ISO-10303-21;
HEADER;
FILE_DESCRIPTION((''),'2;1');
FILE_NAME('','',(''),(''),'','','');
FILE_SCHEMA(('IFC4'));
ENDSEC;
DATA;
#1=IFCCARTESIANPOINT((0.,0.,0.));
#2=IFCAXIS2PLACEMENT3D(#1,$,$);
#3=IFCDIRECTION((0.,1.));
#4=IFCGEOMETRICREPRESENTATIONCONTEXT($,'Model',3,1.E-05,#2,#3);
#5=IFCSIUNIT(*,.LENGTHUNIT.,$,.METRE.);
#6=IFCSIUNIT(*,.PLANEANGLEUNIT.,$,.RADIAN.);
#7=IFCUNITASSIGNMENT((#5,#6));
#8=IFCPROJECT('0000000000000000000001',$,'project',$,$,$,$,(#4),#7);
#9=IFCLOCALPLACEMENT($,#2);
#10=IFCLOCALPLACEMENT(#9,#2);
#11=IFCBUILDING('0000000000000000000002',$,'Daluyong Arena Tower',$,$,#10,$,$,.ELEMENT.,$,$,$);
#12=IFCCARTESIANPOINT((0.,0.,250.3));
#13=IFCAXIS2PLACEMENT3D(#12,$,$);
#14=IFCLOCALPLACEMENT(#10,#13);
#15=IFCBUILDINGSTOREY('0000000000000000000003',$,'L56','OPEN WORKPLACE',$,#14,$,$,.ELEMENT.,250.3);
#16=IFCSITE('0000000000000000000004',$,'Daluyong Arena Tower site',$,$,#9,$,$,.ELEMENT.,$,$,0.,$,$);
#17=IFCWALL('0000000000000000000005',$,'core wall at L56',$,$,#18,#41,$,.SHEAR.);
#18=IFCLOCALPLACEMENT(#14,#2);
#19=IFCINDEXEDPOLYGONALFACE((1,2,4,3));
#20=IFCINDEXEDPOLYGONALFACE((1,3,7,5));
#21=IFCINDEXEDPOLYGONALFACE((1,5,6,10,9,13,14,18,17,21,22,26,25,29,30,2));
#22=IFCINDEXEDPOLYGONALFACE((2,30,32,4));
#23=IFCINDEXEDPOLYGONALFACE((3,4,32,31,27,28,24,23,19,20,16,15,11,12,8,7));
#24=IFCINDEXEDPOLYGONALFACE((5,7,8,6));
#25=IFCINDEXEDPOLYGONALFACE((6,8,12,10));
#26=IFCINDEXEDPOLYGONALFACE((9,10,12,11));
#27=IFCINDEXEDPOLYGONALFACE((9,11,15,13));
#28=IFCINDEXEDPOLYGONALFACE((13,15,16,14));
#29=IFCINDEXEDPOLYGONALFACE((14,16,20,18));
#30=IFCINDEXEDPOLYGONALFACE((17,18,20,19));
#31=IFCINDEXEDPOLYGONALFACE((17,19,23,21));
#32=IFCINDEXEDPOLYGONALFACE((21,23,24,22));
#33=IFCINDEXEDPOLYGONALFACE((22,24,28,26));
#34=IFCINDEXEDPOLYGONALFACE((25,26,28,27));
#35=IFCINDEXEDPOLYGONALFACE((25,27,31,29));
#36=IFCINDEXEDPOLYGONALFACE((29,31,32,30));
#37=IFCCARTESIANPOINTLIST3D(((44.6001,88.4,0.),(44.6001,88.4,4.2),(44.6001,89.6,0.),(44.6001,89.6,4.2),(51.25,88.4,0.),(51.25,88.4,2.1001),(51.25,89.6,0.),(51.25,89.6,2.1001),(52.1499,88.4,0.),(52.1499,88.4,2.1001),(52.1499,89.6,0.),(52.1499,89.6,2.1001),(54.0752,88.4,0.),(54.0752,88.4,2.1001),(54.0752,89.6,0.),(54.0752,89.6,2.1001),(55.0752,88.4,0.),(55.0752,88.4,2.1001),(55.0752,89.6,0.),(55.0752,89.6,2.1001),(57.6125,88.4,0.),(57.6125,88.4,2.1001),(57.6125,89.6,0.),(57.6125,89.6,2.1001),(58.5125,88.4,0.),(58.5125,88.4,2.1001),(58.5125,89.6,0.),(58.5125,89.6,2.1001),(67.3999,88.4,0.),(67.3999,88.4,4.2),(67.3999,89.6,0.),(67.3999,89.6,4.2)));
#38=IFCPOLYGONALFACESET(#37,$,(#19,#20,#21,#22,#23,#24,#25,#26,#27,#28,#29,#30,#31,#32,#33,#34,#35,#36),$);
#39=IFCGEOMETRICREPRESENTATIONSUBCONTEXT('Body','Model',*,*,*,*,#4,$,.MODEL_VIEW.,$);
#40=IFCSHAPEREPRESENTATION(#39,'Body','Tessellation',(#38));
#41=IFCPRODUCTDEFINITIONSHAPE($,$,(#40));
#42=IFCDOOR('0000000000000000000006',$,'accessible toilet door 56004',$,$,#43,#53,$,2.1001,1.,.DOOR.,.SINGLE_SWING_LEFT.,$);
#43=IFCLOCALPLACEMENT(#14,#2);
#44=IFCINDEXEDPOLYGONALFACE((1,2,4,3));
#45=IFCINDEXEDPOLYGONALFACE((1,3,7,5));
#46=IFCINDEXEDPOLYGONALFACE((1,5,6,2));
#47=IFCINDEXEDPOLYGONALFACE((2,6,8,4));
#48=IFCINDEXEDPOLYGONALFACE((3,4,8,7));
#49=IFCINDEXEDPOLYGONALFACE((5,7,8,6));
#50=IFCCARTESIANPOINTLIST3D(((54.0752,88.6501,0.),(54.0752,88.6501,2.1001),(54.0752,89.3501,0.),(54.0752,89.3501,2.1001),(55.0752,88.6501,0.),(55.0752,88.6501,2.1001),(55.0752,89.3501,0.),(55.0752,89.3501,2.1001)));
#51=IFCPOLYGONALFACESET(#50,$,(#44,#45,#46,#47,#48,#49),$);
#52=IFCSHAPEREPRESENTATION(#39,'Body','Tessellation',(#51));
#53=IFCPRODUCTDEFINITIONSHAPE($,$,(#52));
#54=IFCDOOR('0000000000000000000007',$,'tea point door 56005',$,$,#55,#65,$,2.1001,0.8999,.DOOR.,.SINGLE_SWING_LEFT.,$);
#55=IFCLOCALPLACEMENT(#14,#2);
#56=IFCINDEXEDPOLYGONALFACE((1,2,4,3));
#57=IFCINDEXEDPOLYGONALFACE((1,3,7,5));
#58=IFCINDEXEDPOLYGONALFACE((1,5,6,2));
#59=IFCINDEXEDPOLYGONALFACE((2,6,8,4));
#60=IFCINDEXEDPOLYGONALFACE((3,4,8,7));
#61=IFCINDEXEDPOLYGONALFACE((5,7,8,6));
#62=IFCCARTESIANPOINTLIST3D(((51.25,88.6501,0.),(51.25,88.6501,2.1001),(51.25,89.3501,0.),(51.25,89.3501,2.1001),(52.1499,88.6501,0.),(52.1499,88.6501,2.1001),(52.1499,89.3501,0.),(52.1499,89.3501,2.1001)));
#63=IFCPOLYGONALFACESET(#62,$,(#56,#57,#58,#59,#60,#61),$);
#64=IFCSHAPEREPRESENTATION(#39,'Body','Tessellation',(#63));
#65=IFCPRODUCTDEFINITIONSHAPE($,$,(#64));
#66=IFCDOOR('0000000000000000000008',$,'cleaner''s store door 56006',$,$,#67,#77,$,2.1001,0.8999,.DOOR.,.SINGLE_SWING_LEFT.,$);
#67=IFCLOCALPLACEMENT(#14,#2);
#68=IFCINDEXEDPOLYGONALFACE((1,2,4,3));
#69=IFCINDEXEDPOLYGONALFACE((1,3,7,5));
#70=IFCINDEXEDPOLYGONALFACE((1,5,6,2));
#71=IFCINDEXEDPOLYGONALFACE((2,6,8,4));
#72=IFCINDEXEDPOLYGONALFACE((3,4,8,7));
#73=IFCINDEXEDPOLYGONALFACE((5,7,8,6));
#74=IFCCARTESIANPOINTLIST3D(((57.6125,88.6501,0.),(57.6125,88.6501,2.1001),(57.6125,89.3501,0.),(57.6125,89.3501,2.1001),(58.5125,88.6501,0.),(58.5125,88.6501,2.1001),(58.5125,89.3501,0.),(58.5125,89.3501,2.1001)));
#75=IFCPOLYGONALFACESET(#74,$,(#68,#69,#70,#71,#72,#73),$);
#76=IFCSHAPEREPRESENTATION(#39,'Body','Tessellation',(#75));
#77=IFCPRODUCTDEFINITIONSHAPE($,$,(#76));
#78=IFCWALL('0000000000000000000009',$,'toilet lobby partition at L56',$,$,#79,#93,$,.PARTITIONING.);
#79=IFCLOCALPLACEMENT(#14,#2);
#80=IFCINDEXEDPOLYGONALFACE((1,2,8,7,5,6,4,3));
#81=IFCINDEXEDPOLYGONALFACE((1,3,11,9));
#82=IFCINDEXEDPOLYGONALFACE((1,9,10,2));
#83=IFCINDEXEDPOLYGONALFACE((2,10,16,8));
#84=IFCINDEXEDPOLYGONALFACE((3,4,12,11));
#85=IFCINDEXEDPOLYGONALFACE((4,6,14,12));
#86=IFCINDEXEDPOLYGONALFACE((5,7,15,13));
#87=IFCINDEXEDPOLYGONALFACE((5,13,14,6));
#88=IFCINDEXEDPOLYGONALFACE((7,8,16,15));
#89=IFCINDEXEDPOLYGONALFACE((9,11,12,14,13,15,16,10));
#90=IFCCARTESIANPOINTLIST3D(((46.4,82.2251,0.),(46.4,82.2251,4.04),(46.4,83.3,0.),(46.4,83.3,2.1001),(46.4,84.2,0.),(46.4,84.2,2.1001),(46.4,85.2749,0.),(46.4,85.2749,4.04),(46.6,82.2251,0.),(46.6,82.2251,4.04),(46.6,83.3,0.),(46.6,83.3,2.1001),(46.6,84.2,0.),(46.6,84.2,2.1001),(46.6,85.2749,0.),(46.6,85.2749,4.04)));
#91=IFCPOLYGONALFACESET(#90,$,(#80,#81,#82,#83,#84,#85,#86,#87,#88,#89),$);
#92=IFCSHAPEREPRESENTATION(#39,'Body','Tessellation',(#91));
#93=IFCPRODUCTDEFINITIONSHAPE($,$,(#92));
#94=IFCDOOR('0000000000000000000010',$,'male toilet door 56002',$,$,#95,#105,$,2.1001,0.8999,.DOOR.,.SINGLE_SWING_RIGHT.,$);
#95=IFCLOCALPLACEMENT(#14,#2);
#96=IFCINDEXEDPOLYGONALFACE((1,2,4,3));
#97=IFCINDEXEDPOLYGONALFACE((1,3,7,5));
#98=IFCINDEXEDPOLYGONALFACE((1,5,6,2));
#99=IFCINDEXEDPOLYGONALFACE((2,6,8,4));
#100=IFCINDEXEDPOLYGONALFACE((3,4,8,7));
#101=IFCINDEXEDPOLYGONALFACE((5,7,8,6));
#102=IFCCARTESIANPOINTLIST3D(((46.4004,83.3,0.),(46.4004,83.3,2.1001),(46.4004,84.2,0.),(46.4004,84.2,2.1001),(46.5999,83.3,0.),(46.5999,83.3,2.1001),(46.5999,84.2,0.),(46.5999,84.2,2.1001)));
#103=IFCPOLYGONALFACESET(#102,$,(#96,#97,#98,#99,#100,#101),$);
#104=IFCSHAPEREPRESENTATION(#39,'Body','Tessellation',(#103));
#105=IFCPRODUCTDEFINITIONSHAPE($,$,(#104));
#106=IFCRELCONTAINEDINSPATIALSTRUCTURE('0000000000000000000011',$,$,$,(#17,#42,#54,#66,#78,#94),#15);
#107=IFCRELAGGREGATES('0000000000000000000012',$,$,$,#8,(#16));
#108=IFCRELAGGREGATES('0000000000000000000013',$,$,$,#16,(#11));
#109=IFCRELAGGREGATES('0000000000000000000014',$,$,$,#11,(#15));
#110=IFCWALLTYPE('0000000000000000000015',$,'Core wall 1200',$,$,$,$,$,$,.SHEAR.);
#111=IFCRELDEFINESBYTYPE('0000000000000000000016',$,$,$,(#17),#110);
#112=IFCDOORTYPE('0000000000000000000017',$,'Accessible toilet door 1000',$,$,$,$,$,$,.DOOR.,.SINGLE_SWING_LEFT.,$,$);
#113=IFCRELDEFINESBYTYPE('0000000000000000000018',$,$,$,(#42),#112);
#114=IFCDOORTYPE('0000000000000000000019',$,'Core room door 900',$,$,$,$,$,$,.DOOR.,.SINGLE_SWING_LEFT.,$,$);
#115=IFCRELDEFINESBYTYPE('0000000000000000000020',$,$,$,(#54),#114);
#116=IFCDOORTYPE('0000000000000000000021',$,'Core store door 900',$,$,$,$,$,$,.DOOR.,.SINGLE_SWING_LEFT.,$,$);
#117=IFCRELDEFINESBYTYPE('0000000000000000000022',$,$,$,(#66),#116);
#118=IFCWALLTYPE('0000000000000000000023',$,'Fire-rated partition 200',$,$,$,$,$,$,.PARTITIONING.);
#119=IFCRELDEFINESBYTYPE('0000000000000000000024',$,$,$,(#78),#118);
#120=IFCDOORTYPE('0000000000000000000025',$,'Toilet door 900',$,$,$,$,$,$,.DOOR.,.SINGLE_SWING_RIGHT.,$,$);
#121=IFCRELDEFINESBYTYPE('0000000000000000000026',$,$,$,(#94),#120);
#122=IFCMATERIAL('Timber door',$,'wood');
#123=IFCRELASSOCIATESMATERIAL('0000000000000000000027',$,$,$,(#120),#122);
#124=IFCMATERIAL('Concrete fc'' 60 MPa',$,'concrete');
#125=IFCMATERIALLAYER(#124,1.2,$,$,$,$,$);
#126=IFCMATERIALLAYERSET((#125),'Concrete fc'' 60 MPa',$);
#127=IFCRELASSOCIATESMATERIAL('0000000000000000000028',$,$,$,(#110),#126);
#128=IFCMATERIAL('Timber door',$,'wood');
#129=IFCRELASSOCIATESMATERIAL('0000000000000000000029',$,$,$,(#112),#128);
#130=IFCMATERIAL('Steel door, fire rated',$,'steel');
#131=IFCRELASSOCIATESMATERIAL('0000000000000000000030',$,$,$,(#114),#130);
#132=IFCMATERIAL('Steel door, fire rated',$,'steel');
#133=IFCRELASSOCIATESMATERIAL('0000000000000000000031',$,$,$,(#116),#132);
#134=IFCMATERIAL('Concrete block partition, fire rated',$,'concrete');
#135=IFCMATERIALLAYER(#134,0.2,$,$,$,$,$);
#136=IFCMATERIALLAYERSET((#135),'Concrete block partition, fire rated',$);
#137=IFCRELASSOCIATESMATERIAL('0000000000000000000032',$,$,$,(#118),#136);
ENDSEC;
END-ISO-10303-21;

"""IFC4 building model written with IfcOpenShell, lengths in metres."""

from ifc_helpers import new_model, si_unit, direction, frame, frame_2d, origin, place, context, subcontext, project, spatial, rectangle, extrude, material, layer, layer_set, type_object, element, fill, save


model = new_model("IFC4")

# Units and contexts
model_context = context("Model", 3, precision=1e-05, world=origin(), true_north=direction((0.0, 1.0)))
body_context = subcontext(model_context, "Body", "Model", "MODEL_VIEW")
ifc_project = project(units=[si_unit("LENGTHUNIT", "METRE"), si_unit("PLANEANGLEUNIT", "RADIAN")], contexts=[model_context])

# Site, building, storey
site_placement = place(None, origin())
site = spatial("IfcSite", under=ifc_project, at=site_placement, Name="Daluyong Arena Tower site", CompositionType="ELEMENT", RefElevation=0.0)
building_placement = place(site_placement, origin())
building = spatial("IfcBuilding", under=site, at=building_placement, Name="Daluyong Arena Tower", CompositionType="ELEMENT")
storey_placement = place(building_placement, frame((0.0, 0.0, 250.3)))
storey = spatial("IfcBuildingStorey", under=building, at=storey_placement, Name="L56", Description="OPEN WORKPLACE", CompositionType="ELEMENT", Elevation=250.3)

# Shared definitions
ifc_material_1 = material(Name="Timber door", Category="wood")
door_type_1 = type_object("IfcDoorType", Name="Toilet door 900", OperationType="SINGLE_SWING_RIGHT", PredefinedType="DOOR", material=ifc_material_1)

# Wall, openings, doors
ifc_material_2 = material(Name="Concrete fc' 60 MPa", Category="concrete")
ifc_layer_1 = layer(ifc_material_2, 1.2)
ifc_layer_set_1 = layer_set([ifc_layer_1], Name="Concrete fc' 60 MPa")
wall_type_1 = type_object("IfcWallType", Name="Core wall 1200", PredefinedType="SHEAR", material=ifc_layer_set_1)
wall_1_placement = place(storey_placement, frame((44.6001, 89.0, 0.0), z_axis=(0.0, 0.0, 1.0), x_axis=(1.0, 0.0, 0.0)))
wall_1 = element("IfcWall", 1, at=wall_1_placement, inside=storey, type_object=wall_type_1, Name="core wall at L56", PredefinedType="SHEAR", context=body_context, shape_type="SweptSolid", body=[
    extrude(rectangle(XDim=22.7998, YDim=1.2, at=frame_2d((11.3999, 0.0))), origin(), (0.0, 0.0, 1.0), 4.2),
])
opening_1_placement = place(wall_1_placement, frame((9.4751, 0.0, 0.0)))
opening_1 = element("IfcOpeningElement", 2, at=opening_1_placement, cuts=wall_1, PredefinedType="OPENING", context=body_context, shape_type="SweptSolid", body=[
    extrude(rectangle(XDim=1.0, YDim=2.1001, at=frame_2d((0.5, 1.05))), frame((0.0, 0.6099, 0.0), z_axis=(0.0, -1.0, 0.0), x_axis=(1.0, 0.0, 0.0)), (0.0, 0.0, 1.0), 1.22),
])
opening_2_placement = place(wall_1_placement, frame((6.6499, 0.0, 0.0)))
opening_2 = element("IfcOpeningElement", 3, at=opening_2_placement, cuts=wall_1, PredefinedType="OPENING", context=body_context, shape_type="SweptSolid", body=[
    extrude(rectangle(XDim=0.8999, YDim=2.1001, at=frame_2d((0.45, 1.05))), frame((0.0, 0.6099, 0.0), z_axis=(0.0, -1.0, 0.0), x_axis=(1.0, 0.0, 0.0)), (0.0, 0.0, 1.0), 1.22),
])
opening_3_placement = place(wall_1_placement, frame((13.0125, 0.0, 0.0)))
opening_3 = element("IfcOpeningElement", 4, at=opening_3_placement, cuts=wall_1, PredefinedType="OPENING", context=body_context, shape_type="SweptSolid", body=[
    extrude(rectangle(XDim=0.8999, YDim=2.1001, at=frame_2d((0.45, 1.05))), frame((0.0, 0.6099, 0.0), z_axis=(0.0, -1.0, 0.0), x_axis=(1.0, 0.0, 0.0)), (0.0, 0.0, 1.0), 1.22),
])
ifc_material_3 = material(Name="Timber door", Category="wood")
door_type_2 = type_object("IfcDoorType", Name="Accessible toilet door 1000", OperationType="SINGLE_SWING_LEFT", PredefinedType="DOOR", material=ifc_material_3)
door_1_placement = place(opening_1_placement, origin())
door_1 = element("IfcDoor", 5, at=door_1_placement, inside=storey, type_object=door_type_2, Name="accessible toilet door 56004", OperationType="SINGLE_SWING_LEFT", OverallHeight=2.1001, OverallWidth=1.0, PredefinedType="DOOR", context=body_context, shape_type="SweptSolid", body=[
    extrude(rectangle(XDim=1.0, YDim=2.1001, at=frame_2d((0.5, 1.05))), frame((0.0, 0.3501, 0.0), z_axis=(0.0, -1.0, 0.0), x_axis=(1.0, 0.0, 0.0)), (0.0, 0.0, 1.0), 0.7),
])
fill(opening_1, door_1)
ifc_material_4 = material(Name="Steel door, fire rated", Category="steel")
door_type_3 = type_object("IfcDoorType", Name="Core room door 900", OperationType="SINGLE_SWING_LEFT", PredefinedType="DOOR", material=ifc_material_4)
door_2_placement = place(opening_2_placement, origin())
door_2 = element("IfcDoor", 6, at=door_2_placement, inside=storey, type_object=door_type_3, Name="tea point door 56005", OperationType="SINGLE_SWING_LEFT", OverallHeight=2.1001, OverallWidth=0.8999, PredefinedType="DOOR", context=body_context, shape_type="SweptSolid", body=[
    extrude(rectangle(XDim=0.8999, YDim=2.1001, at=frame_2d((0.45, 1.05))), frame((0.0, 0.3501, 0.0), z_axis=(0.0, -1.0, 0.0), x_axis=(1.0, 0.0, 0.0)), (0.0, 0.0, 1.0), 0.7),
])
fill(opening_2, door_2)
ifc_material_5 = material(Name="Steel door, fire rated", Category="steel")
door_type_4 = type_object("IfcDoorType", Name="Core store door 900", OperationType="SINGLE_SWING_LEFT", PredefinedType="DOOR", material=ifc_material_5)
door_3_placement = place(opening_3_placement, origin())
door_3 = element("IfcDoor", 7, at=door_3_placement, inside=storey, type_object=door_type_4, Name="cleaner's store door 56006", OperationType="SINGLE_SWING_LEFT", OverallHeight=2.1001, OverallWidth=0.8999, PredefinedType="DOOR", context=body_context, shape_type="SweptSolid", body=[
    extrude(rectangle(XDim=0.8999, YDim=2.1001, at=frame_2d((0.45, 1.05))), frame((0.0, 0.3501, 0.0), z_axis=(0.0, -1.0, 0.0), x_axis=(1.0, 0.0, 0.0)), (0.0, 0.0, 1.0), 0.7),
])
fill(opening_3, door_3)

# Wall, opening, door
ifc_material_6 = material(Name="Concrete block partition, fire rated", Category="concrete")
ifc_layer_2 = layer(ifc_material_6, 0.2)
ifc_layer_set_2 = layer_set([ifc_layer_2], Name="Concrete block partition, fire rated")
wall_type_2 = type_object("IfcWallType", Name="Fire-rated partition 200", PredefinedType="PARTITIONING", material=ifc_layer_set_2)
wall_2_placement = place(storey_placement, frame((46.5, 82.2251, 0.0), z_axis=(0.0, 0.0, 1.0), x_axis=(0.0, 1.0, 0.0)))
wall_2 = element("IfcWall", 8, at=wall_2_placement, inside=storey, type_object=wall_type_2, Name="toilet lobby partition at L56", PredefinedType="PARTITIONING", context=body_context, shape_type="SweptSolid", body=[
    extrude(rectangle(XDim=3.0498, YDim=0.2, at=frame_2d((1.5249, 0.0))), origin(), (0.0, 0.0, 1.0), 4.04),
])
opening_4_placement = place(wall_2_placement, frame((1.075, 0.0, 0.0)))
opening_4 = element("IfcOpeningElement", 9, at=opening_4_placement, cuts=wall_2, PredefinedType="OPENING", context=body_context, shape_type="SweptSolid", body=[
    extrude(rectangle(XDim=0.8999, YDim=2.1001, at=frame_2d((0.45, 1.05))), frame((0.0, 0.1099, 0.0), z_axis=(0.0, -1.0, 0.0), x_axis=(1.0, 0.0, 0.0)), (0.0, 0.0, 1.0), 0.22),
])
door_4_placement = place(opening_4_placement, origin())
door_4 = element("IfcDoor", 10, at=door_4_placement, inside=storey, type_object=door_type_1, Name="male toilet door 56002", OperationType="SINGLE_SWING_RIGHT", OverallHeight=2.1001, OverallWidth=0.8999, PredefinedType="DOOR", context=body_context, shape_type="SweptSolid", body=[
    extrude(rectangle(XDim=0.8999, YDim=2.1001, at=frame_2d((0.45, 1.05))), frame((0.0, 0.0996, 0.0), z_axis=(0.0, -1.0, 0.0), x_axis=(1.0, 0.0, 0.0)), (0.0, 0.0, 1.0), 0.1995),
])
fill(opening_4, door_4)

save(model, "model.ifc")
